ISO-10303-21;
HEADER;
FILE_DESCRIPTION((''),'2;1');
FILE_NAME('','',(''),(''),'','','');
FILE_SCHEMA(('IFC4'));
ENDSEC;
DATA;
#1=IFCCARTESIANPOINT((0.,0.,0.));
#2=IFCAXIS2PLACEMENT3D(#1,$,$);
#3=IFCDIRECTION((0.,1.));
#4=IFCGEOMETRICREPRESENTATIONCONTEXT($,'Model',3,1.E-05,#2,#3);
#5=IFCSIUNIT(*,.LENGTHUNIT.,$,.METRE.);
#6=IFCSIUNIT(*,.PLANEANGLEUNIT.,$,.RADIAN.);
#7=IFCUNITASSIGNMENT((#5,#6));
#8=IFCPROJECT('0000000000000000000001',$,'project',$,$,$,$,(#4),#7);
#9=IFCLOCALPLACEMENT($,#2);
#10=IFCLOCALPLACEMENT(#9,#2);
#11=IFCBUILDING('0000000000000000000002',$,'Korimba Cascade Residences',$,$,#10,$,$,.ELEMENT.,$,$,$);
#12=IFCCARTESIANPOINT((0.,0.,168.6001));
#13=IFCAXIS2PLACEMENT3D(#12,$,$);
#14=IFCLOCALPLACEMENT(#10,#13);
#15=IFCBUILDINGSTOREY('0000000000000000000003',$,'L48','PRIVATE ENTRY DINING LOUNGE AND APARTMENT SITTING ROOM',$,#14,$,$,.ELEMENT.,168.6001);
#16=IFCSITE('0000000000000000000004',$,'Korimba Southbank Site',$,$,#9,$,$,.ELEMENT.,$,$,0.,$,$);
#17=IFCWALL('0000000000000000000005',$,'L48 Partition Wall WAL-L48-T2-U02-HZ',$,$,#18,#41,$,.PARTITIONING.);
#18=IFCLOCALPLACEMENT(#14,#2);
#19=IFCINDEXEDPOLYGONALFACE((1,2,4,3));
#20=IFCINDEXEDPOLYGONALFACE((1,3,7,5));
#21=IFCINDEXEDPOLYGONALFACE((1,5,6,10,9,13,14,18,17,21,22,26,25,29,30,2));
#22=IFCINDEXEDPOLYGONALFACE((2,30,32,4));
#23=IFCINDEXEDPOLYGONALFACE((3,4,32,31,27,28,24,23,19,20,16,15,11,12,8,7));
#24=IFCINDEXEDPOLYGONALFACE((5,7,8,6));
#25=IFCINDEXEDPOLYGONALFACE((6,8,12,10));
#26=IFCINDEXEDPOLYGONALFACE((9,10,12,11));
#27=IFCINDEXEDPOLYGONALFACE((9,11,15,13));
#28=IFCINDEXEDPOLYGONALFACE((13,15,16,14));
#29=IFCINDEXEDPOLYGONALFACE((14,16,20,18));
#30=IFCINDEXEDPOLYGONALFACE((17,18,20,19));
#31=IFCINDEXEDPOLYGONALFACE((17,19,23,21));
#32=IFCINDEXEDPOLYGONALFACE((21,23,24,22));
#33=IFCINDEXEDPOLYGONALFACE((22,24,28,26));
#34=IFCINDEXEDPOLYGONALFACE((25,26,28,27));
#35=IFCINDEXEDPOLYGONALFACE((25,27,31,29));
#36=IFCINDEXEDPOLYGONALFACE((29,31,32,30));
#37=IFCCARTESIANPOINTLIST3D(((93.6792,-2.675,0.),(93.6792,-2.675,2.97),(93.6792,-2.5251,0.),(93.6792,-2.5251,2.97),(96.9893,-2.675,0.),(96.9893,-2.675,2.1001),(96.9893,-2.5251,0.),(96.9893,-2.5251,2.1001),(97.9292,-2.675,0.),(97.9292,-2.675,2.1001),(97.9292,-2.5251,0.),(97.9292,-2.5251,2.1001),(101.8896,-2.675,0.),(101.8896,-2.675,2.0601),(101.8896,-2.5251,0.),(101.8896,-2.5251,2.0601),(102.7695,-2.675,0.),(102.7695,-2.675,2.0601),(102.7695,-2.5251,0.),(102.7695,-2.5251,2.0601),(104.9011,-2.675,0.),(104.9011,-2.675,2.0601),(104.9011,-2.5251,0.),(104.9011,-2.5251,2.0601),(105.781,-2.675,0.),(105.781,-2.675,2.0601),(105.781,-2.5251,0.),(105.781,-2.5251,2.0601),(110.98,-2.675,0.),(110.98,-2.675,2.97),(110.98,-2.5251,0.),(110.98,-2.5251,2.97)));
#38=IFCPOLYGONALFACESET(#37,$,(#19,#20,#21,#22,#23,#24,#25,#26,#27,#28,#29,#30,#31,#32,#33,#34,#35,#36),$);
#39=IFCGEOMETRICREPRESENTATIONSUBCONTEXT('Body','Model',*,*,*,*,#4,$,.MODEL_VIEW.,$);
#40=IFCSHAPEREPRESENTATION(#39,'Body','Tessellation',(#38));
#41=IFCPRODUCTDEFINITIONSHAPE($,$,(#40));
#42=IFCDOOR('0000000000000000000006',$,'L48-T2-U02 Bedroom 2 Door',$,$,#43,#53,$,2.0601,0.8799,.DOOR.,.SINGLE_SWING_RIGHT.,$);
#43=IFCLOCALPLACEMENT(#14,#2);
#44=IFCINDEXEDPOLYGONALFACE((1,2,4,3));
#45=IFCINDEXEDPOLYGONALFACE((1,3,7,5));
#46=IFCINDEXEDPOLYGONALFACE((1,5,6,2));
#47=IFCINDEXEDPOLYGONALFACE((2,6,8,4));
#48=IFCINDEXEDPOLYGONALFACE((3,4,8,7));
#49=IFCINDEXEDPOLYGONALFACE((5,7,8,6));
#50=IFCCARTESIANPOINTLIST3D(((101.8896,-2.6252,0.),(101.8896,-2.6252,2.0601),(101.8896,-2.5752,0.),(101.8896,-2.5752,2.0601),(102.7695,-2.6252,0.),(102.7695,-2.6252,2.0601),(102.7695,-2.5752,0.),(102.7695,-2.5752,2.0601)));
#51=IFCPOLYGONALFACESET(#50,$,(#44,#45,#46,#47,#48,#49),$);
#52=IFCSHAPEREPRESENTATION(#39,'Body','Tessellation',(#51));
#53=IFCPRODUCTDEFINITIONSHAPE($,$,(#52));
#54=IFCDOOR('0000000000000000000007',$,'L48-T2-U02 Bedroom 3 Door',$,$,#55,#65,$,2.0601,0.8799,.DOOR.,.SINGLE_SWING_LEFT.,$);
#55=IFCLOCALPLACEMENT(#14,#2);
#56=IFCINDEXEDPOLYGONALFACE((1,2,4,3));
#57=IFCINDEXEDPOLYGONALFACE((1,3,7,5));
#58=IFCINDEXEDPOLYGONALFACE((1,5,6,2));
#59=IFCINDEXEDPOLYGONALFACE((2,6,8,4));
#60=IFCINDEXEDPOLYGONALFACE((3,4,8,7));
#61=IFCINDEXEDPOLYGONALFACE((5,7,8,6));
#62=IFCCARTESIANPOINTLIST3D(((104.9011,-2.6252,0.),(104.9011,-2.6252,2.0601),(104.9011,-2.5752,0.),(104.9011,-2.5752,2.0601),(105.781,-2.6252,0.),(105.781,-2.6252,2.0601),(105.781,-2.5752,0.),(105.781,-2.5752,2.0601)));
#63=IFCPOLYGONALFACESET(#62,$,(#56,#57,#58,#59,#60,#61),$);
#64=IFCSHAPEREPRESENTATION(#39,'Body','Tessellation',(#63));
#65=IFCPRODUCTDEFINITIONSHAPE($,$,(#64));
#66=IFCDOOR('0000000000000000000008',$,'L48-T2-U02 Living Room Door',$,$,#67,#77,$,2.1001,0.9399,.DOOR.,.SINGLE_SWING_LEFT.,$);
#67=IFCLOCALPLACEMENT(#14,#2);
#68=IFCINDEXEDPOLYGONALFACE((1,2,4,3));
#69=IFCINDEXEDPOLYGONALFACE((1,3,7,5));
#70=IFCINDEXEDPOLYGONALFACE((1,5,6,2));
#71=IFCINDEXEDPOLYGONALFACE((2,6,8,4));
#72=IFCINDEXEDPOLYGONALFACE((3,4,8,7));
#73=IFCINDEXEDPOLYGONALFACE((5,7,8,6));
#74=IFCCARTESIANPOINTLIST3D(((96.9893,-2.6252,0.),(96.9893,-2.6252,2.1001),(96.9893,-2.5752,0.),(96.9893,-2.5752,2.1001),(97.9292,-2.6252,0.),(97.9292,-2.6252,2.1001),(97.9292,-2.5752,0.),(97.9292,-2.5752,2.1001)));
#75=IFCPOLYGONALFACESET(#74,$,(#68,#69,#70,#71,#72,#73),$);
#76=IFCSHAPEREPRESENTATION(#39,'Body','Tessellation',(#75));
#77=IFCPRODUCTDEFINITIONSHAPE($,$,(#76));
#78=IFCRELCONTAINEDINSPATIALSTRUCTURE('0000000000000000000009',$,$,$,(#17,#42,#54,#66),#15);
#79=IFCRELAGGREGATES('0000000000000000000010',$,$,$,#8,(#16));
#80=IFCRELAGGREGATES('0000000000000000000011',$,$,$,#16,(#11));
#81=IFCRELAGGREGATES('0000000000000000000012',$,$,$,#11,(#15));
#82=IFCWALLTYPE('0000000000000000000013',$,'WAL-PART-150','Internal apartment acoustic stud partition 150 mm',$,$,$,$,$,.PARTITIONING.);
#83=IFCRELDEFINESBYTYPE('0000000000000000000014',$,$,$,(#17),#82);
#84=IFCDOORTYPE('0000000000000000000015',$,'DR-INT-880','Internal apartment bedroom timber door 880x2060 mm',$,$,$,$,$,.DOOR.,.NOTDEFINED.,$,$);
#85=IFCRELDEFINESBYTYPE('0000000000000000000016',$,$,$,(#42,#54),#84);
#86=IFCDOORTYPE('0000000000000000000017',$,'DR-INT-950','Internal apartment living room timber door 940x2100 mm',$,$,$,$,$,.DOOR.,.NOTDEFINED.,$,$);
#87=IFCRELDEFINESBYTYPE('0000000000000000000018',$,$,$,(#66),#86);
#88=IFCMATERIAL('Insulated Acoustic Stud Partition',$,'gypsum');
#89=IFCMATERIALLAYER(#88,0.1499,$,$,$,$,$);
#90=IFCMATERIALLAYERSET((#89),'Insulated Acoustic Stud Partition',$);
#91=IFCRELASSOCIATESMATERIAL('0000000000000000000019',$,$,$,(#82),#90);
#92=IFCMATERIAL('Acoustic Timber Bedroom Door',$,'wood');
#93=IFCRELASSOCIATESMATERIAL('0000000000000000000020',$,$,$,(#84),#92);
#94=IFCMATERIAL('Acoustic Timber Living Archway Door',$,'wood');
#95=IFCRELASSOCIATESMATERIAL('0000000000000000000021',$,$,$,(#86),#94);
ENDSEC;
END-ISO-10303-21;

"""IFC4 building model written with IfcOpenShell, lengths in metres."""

from ifc_helpers import new_model, si_unit, direction, frame, frame_2d, origin, place, context, subcontext, project, spatial, rectangle, extrude, material, layer, layer_set, type_object, element, fill, save


model = new_model("IFC4")

# Units and contexts
model_context = context("Model", 3, precision=1e-05, world=origin(), true_north=direction((0.0, 1.0)))
body_context = subcontext(model_context, "Body", "Model", "MODEL_VIEW")
ifc_project = project(units=[si_unit("LENGTHUNIT", "METRE"), si_unit("PLANEANGLEUNIT", "RADIAN")], contexts=[model_context])

# Site, building, storey
site_placement = place(None, origin())
site = spatial("IfcSite", under=ifc_project, at=site_placement, Name="Korimba Southbank Site", CompositionType="ELEMENT", RefElevation=0.0)
building_placement = place(site_placement, origin())
building = spatial("IfcBuilding", under=site, at=building_placement, Name="Korimba Cascade Residences", CompositionType="ELEMENT")
storey_placement = place(building_placement, frame((0.0, 0.0, 168.6001)))
storey = spatial("IfcBuildingStorey", under=building, at=storey_placement, Name="L48", Description="PRIVATE ENTRY DINING LOUNGE AND APARTMENT SITTING ROOM", CompositionType="ELEMENT", Elevation=168.6001)

# Shared definitions
ifc_material_1 = material(Name="Insulated Acoustic Stud Partition", Category="gypsum")
ifc_layer = layer(ifc_material_1, 0.1499)
ifc_layer_set = layer_set([ifc_layer], Name="Insulated Acoustic Stud Partition")
wall_type = type_object("IfcWallType", Name="WAL-PART-150", Description="Internal apartment acoustic stud partition 150 mm", PredefinedType="PARTITIONING", material=ifc_layer_set)
ifc_material_2 = material(Name="Acoustic Timber Bedroom Door", Category="wood")
door_type_1 = type_object("IfcDoorType", Name="DR-INT-880", Description="Internal apartment bedroom timber door 880x2060 mm", OperationType="NOTDEFINED", PredefinedType="DOOR", material=ifc_material_2)

# Wall, openings, doors
wall_1_placement = place(storey_placement, frame((93.6792, -2.6001, 0.0), z_axis=(0.0, 0.0, 1.0), x_axis=(1.0, 0.0, 0.0)))
wall_1 = element("IfcWall", 1, at=wall_1_placement, inside=storey, type_object=wall_type, Name="L48 Partition Wall WAL-L48-T2-U02-HZ", PredefinedType="PARTITIONING", context=body_context, shape_type="SweptSolid", body=[
    extrude(rectangle(XDim=17.3008, YDim=0.1499, at=frame_2d((8.6504, 0.0))), origin(), (0.0, 0.0, 1.0), 2.97),
])
opening_1_placement = place(wall_1_placement, frame((3.3101, 0.0, 0.0)))
opening_1 = element("IfcOpeningElement", 2, at=opening_1_placement, cuts=wall_1, PredefinedType="OPENING", context=body_context, shape_type="SweptSolid", body=[
    extrude(rectangle(XDim=0.9399, YDim=2.1001, at=frame_2d((0.47, 1.05))), frame((0.0, 0.085, 0.0), z_axis=(0.0, -1.0, 0.0), x_axis=(1.0, 0.0, 0.0)), (0.0, 0.0, 1.0), 0.1699),
])
opening_2_placement = place(wall_1_placement, frame((8.2104, 0.0, 0.0)))
opening_2 = element("IfcOpeningElement", 3, at=opening_2_placement, cuts=wall_1, PredefinedType="OPENING", context=body_context, shape_type="SweptSolid", body=[
    extrude(rectangle(XDim=0.8799, YDim=2.0601, at=frame_2d((0.4399, 1.03))), frame((0.0, 0.085, 0.0), z_axis=(0.0, -1.0, 0.0), x_axis=(1.0, 0.0, 0.0)), (0.0, 0.0, 1.0), 0.1699),
])
opening_3_placement = place(wall_1_placement, frame((11.2219, 0.0, 0.0)))
opening_3 = element("IfcOpeningElement", 4, at=opening_3_placement, cuts=wall_1, PredefinedType="OPENING", context=body_context, shape_type="SweptSolid", body=[
    extrude(rectangle(XDim=0.8799, YDim=2.0601, at=frame_2d((0.4399, 1.03))), frame((0.0, 0.085, 0.0), z_axis=(0.0, -1.0, 0.0), x_axis=(1.0, 0.0, 0.0)), (0.0, 0.0, 1.0), 0.1699),
])
door_1_placement = place(opening_2_placement, origin())
door_1 = element("IfcDoor", 5, at=door_1_placement, inside=storey, type_object=door_type_1, Name="L48-T2-U02 Bedroom 2 Door", OperationType="SINGLE_SWING_RIGHT", OverallHeight=2.0601, OverallWidth=0.8799, PredefinedType="DOOR", context=body_context, shape_type="SweptSolid", body=[
    extrude(rectangle(XDim=0.8799, YDim=2.0601, at=frame_2d((0.4399, 1.03))), frame((0.0, 0.0249, 0.0), z_axis=(0.0, -1.0, 0.0), x_axis=(1.0, 0.0, 0.0)), (0.0, 0.0, 1.0), 0.05),
])
fill(opening_2, door_1)
door_2_placement = place(opening_3_placement, origin())
door_2 = element("IfcDoor", 6, at=door_2_placement, inside=storey, type_object=door_type_1, Name="L48-T2-U02 Bedroom 3 Door", OperationType="SINGLE_SWING_LEFT", OverallHeight=2.0601, OverallWidth=0.8799, PredefinedType="DOOR", context=body_context, shape_type="SweptSolid", body=[
    extrude(rectangle(XDim=0.8799, YDim=2.0601, at=frame_2d((0.4399, 1.03))), frame((0.0, 0.0249, 0.0), z_axis=(0.0, -1.0, 0.0), x_axis=(1.0, 0.0, 0.0)), (0.0, 0.0, 1.0), 0.05),
])
fill(opening_3, door_2)
ifc_material_3 = material(Name="Acoustic Timber Living Archway Door", Category="wood")
door_type_2 = type_object("IfcDoorType", Name="DR-INT-950", Description="Internal apartment living room timber door 940x2100 mm", OperationType="NOTDEFINED", PredefinedType="DOOR", material=ifc_material_3)
door_3_placement = place(opening_1_placement, origin())
door_3 = element("IfcDoor", 7, at=door_3_placement, inside=storey, type_object=door_type_2, Name="L48-T2-U02 Living Room Door", OperationType="SINGLE_SWING_LEFT", OverallHeight=2.1001, OverallWidth=0.9399, PredefinedType="DOOR", context=body_context, shape_type="SweptSolid", body=[
    extrude(rectangle(XDim=0.9399, YDim=2.1001, at=frame_2d((0.47, 1.05))), frame((0.0, 0.0249, 0.0), z_axis=(0.0, -1.0, 0.0), x_axis=(1.0, 0.0, 0.0)), (0.0, 0.0, 1.0), 0.05),
])
fill(opening_1, door_3)

save(model, "model.ifc")
